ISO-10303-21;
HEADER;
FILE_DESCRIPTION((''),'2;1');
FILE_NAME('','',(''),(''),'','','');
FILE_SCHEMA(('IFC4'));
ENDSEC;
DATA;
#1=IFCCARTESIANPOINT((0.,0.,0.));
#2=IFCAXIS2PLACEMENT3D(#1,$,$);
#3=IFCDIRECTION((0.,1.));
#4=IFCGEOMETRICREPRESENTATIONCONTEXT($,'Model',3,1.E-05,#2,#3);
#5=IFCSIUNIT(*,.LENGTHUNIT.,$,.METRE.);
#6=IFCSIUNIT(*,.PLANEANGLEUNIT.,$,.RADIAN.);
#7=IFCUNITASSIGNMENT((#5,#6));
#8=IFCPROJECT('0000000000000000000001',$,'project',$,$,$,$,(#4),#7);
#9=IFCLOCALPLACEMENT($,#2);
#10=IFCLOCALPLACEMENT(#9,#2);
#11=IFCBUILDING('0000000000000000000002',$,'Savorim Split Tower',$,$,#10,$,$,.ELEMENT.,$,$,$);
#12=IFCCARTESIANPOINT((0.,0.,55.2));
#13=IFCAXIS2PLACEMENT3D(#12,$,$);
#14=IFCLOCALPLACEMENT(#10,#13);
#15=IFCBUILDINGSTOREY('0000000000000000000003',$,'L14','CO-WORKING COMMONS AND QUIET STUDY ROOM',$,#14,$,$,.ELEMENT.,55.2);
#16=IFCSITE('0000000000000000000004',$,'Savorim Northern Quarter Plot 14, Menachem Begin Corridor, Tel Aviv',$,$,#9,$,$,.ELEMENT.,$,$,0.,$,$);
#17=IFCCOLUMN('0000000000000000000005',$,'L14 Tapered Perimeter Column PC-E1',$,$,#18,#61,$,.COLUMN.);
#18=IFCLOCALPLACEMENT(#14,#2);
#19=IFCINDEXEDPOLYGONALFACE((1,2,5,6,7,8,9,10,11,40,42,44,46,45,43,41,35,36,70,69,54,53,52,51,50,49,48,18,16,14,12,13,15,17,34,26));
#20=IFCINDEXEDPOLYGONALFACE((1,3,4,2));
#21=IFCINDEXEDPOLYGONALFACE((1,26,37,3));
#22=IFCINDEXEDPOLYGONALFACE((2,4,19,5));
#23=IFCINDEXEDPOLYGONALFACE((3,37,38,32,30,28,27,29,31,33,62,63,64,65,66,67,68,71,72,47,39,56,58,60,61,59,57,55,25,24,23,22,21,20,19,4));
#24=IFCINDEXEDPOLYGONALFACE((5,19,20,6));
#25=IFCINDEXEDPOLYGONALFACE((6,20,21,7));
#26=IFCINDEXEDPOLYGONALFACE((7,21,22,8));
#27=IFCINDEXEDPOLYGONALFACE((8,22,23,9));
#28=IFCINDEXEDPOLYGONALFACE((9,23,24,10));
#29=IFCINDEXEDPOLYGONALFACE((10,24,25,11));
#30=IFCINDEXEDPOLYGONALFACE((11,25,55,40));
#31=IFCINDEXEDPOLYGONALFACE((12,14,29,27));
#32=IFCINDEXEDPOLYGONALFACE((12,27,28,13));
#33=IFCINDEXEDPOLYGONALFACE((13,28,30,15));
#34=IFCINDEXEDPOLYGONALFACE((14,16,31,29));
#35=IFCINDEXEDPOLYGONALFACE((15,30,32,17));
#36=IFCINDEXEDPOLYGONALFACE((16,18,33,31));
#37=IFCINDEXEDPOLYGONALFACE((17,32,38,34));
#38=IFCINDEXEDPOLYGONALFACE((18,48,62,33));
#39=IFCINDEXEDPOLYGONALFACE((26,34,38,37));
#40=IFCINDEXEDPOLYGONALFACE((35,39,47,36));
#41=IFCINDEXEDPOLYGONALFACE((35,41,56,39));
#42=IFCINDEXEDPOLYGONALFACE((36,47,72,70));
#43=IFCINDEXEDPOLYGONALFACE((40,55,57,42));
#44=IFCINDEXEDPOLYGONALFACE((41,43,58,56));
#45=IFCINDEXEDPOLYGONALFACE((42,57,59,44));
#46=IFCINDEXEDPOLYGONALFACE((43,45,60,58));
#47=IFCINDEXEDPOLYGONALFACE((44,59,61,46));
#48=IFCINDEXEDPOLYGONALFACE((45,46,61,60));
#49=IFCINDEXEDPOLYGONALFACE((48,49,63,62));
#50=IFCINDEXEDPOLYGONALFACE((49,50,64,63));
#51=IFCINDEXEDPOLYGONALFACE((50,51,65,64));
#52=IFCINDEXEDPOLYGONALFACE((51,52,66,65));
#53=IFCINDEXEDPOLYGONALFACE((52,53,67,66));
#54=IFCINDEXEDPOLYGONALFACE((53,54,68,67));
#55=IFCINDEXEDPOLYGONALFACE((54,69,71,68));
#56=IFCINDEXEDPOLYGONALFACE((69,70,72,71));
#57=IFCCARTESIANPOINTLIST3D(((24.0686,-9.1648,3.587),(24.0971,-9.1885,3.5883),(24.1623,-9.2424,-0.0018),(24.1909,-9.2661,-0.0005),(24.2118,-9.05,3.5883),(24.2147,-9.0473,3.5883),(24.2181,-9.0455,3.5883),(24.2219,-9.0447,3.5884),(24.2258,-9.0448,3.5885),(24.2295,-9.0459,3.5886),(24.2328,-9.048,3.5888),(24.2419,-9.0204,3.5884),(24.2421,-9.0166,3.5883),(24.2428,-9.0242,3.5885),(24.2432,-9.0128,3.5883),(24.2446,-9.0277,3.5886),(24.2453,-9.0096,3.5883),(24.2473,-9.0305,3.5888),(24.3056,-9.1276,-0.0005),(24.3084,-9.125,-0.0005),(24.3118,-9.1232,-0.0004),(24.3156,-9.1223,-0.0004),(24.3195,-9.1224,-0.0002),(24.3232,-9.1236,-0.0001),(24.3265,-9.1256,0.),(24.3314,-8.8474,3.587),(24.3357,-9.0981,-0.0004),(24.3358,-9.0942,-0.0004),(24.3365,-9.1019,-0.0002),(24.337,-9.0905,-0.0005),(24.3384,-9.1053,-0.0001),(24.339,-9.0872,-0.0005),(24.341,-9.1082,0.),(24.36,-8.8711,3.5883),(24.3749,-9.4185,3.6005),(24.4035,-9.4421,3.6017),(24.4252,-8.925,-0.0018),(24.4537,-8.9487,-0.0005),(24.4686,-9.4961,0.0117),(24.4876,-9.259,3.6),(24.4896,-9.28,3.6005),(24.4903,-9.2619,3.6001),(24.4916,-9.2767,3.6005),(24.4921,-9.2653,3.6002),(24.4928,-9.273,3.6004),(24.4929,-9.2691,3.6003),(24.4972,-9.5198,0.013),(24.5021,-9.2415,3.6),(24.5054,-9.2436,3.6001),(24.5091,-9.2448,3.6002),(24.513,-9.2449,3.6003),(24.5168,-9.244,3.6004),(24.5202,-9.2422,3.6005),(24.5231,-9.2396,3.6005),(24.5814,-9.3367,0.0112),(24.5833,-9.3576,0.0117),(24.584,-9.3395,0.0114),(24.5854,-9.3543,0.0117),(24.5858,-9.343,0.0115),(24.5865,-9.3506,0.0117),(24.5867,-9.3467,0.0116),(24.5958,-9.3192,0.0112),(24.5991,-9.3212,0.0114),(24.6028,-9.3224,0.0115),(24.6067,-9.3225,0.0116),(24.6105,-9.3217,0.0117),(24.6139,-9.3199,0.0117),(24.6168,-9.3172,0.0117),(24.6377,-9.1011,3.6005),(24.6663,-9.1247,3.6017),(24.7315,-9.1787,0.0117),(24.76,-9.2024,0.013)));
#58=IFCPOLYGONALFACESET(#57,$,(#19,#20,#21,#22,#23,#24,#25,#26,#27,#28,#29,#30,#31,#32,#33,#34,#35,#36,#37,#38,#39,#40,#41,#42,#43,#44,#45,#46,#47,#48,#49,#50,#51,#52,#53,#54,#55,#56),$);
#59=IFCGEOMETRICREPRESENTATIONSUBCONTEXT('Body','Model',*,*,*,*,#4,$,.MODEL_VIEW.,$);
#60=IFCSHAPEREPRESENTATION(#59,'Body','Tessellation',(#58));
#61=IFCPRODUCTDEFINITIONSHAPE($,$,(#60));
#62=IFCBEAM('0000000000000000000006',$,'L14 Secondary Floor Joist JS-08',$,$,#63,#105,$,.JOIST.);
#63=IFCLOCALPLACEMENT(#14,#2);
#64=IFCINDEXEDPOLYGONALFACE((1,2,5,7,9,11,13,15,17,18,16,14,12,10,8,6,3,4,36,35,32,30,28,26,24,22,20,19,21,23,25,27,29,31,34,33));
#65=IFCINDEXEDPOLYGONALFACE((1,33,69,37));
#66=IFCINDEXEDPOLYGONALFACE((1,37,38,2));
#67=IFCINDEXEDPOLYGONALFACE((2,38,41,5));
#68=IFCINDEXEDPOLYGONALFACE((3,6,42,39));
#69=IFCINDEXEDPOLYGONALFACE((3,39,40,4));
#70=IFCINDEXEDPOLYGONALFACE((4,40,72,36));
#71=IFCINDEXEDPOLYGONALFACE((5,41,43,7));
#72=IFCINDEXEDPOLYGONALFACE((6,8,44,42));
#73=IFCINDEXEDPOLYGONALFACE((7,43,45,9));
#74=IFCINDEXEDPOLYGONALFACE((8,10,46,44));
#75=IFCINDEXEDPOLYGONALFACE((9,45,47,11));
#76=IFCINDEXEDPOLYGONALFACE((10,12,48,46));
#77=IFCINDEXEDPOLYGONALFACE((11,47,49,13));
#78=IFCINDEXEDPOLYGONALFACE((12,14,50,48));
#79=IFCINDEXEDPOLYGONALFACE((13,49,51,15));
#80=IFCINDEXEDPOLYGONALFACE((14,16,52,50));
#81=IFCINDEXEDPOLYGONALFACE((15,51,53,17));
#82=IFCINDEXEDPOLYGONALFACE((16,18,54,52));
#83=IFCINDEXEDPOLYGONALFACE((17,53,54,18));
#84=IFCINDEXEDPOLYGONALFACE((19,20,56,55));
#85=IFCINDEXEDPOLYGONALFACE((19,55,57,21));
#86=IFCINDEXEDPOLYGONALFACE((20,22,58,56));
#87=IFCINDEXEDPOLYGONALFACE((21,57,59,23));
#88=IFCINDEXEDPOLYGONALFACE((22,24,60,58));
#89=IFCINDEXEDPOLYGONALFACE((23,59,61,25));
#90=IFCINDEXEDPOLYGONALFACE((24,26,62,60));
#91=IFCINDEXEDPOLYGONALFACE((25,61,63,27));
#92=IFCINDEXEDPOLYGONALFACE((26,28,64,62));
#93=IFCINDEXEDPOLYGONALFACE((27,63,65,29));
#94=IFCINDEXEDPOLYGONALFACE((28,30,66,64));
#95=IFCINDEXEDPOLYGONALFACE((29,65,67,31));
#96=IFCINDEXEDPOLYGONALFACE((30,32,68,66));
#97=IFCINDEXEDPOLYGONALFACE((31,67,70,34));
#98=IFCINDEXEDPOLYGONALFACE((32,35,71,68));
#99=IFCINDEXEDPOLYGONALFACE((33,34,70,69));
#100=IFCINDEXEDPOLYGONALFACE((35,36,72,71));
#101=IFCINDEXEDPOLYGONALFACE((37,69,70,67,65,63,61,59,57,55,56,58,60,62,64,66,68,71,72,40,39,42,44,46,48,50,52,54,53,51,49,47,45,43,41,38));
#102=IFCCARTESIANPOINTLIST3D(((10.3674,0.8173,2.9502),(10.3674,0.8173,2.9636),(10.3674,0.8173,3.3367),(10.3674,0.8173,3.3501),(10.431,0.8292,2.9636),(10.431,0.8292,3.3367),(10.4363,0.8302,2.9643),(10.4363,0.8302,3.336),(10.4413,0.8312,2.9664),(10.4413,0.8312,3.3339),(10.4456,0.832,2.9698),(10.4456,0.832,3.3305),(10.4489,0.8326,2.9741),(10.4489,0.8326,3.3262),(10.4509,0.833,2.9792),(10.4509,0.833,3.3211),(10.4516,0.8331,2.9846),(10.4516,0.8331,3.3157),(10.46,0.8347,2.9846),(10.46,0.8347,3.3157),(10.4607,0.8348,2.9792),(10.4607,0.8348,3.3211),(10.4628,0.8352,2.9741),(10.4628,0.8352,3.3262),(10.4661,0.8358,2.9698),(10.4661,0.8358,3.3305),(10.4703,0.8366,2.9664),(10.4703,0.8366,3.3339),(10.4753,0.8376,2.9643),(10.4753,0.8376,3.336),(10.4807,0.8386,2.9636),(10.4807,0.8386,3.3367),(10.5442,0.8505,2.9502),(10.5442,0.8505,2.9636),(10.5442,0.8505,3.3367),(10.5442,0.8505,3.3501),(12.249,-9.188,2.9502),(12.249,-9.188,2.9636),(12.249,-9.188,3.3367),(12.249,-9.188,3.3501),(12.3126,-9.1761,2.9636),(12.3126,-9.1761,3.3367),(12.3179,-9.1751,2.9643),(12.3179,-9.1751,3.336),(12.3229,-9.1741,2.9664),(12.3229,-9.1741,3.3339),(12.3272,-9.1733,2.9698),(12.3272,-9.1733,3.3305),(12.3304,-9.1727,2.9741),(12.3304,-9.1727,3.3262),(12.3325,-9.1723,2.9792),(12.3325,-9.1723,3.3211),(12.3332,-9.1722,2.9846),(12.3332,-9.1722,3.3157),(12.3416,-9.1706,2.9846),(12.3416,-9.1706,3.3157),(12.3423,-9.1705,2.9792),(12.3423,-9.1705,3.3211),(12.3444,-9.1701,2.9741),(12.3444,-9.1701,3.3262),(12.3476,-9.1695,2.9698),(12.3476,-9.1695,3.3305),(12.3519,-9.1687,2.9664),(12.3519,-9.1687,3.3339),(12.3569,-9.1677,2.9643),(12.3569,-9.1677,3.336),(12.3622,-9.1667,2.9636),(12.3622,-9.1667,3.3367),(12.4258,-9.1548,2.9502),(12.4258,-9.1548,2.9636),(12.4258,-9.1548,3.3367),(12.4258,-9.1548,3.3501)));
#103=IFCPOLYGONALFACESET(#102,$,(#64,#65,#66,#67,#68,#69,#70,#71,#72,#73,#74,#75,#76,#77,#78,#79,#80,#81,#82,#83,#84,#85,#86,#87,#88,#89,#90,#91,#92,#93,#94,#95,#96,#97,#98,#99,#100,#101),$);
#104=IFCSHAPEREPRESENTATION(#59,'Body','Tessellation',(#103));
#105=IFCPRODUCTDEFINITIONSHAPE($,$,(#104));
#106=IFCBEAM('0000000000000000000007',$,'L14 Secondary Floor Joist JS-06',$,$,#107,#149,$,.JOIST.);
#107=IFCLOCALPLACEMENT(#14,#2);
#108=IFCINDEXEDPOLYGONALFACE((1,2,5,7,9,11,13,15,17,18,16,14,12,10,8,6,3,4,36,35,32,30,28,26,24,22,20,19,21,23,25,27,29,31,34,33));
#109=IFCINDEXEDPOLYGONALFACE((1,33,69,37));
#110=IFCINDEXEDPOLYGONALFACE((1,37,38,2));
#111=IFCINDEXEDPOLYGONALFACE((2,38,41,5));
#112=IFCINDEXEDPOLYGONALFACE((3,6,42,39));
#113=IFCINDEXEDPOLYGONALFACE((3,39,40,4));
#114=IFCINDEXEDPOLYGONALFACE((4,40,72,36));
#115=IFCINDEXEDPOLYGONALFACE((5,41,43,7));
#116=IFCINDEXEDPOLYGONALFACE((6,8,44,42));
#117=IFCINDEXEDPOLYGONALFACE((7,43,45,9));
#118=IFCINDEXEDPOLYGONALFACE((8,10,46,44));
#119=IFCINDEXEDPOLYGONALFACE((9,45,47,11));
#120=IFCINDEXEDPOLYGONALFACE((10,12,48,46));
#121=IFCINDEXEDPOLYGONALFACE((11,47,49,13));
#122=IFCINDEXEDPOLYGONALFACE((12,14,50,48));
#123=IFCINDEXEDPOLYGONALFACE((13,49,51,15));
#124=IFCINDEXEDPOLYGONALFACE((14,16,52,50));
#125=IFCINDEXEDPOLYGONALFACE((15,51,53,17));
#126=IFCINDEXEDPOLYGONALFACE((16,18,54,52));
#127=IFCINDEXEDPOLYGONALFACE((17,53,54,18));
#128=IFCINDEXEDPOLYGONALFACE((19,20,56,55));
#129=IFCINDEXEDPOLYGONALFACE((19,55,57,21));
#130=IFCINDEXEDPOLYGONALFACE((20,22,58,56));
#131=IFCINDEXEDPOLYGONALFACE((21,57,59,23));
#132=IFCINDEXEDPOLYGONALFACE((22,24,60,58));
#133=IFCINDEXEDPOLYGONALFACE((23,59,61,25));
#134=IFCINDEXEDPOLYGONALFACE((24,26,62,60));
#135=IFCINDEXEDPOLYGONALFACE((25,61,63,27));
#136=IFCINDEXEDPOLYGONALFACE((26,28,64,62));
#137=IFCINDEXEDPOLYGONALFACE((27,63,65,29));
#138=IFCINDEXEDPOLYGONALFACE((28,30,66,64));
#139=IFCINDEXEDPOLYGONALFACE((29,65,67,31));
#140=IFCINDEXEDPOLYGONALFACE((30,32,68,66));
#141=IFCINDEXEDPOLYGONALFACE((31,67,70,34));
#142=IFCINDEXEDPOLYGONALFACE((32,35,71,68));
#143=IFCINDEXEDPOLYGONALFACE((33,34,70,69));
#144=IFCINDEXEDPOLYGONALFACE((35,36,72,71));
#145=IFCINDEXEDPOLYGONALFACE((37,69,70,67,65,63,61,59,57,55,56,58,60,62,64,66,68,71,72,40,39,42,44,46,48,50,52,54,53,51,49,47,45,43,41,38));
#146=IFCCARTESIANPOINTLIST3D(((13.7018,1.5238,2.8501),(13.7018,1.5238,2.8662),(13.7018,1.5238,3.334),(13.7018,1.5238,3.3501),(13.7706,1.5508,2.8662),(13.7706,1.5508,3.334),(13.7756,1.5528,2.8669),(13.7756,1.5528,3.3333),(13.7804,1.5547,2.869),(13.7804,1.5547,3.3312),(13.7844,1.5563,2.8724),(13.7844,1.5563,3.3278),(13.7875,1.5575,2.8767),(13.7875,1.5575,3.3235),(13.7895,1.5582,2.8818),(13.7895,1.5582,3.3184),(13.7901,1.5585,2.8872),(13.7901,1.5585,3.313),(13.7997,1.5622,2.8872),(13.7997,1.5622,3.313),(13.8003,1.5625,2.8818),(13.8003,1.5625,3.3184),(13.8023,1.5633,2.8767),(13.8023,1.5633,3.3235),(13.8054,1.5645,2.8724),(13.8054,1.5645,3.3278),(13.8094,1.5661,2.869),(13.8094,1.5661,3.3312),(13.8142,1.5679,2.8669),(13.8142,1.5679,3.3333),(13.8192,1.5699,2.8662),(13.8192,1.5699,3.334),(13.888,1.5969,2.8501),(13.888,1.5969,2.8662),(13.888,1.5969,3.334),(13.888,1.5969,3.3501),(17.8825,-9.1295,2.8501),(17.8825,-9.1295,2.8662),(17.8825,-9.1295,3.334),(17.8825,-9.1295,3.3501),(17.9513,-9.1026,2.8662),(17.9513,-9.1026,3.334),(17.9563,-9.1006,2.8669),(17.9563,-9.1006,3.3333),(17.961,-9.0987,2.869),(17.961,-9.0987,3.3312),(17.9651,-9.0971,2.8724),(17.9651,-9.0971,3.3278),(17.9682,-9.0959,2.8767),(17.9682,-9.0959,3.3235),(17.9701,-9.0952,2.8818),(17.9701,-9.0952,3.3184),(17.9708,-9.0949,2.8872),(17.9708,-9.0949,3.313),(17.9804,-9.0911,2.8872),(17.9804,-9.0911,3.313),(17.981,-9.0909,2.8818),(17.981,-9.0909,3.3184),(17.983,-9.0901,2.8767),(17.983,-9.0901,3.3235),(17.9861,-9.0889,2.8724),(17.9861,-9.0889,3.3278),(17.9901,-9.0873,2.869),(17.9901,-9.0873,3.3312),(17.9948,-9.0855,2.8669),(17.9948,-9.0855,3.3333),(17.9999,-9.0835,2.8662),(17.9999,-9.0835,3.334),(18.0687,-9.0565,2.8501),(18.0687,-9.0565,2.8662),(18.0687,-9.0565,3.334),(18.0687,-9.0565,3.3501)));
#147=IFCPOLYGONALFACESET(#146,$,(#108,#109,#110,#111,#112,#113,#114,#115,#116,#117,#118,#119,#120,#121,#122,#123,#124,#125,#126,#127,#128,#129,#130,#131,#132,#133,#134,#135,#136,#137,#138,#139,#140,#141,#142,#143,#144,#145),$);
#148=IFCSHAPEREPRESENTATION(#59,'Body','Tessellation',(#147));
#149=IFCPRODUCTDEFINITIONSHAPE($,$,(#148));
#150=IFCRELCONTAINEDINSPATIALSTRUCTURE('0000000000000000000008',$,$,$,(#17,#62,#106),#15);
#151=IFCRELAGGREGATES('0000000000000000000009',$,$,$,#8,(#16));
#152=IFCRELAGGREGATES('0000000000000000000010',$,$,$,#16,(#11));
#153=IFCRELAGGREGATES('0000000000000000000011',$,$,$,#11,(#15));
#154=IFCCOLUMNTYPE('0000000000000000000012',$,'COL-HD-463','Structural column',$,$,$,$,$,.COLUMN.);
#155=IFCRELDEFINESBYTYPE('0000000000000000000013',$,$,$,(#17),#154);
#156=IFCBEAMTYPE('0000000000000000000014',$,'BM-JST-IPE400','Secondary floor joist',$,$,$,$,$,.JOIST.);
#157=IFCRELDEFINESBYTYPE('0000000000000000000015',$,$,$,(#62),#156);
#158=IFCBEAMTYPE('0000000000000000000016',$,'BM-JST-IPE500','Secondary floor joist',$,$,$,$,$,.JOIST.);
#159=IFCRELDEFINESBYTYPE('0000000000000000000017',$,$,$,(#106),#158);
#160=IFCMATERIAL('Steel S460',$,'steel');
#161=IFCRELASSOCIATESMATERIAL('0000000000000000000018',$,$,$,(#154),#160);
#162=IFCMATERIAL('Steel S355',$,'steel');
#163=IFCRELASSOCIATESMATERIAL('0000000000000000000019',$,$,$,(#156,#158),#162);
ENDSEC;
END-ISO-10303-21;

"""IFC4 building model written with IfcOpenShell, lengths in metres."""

from ifc_helpers import new_model, si_unit, direction, frame, origin, origin_2d, place, context, subcontext, project, spatial, i_section, extrude, material, material_profile, profile_set, type_object, element, save


model = new_model("IFC4")

# Units and contexts
model_context = context("Model", 3, precision=1e-05, world=origin(), true_north=direction((0.0, 1.0)))
body_context = subcontext(model_context, "Body", "Model", "MODEL_VIEW")
ifc_project = project(units=[si_unit("LENGTHUNIT", "METRE"), si_unit("PLANEANGLEUNIT", "RADIAN")], contexts=[model_context])

# Site, building, storey
site_placement = place(None, origin())
site = spatial("IfcSite", under=ifc_project, at=site_placement, Name="Savorim Northern Quarter Plot 14, Menachem Begin Corridor, Tel Aviv", CompositionType="ELEMENT", RefElevation=0.0)
building_placement = place(site_placement, origin())
building = spatial("IfcBuilding", under=site, at=building_placement, Name="Savorim Split Tower", CompositionType="ELEMENT")
storey_placement = place(building_placement, frame((0.0, 0.0, 55.2)))
storey = spatial("IfcBuildingStorey", under=building, at=storey_placement, Name="L14", Description="CO-WORKING COMMONS AND QUIET STUDY ROOM", CompositionType="ELEMENT", Elevation=55.2)

# Column
ifc_material_1 = material(Name="Steel S460", Category="steel")
ifc_material_profile_1 = material_profile(ifc_material_1, i_section(OverallWidth=0.4121, OverallDepth=0.4351, WebThickness=0.0227, FlangeThickness=0.0371, FilletRadius=0.0149, at=origin_2d()), Name="HD 400x463")
ifc_profile_set_1 = profile_set([ifc_material_profile_1], Name="Steel S460")
column_type = type_object("IfcColumnType", Name="COL-HD-463", Description="Structural column", PredefinedType="COLUMN", material=ifc_profile_set_1)
column_placement = place(storey_placement, frame((24.4612, -9.2224, 0.0056), z_axis=(-0.026107, 0.02162, 0.999425), x_axis=(-0.637814, -0.77019, 0.0)))
element("IfcColumn", 1, at=column_placement, inside=storey, type_object=column_type, Name="L14 Tapered Perimeter Column PC-E1", PredefinedType="COLUMN", context=body_context, shape_type="SweptSolid", body=[
    extrude(i_section(OverallWidth=0.4121, OverallDepth=0.4351, WebThickness=0.0227, FlangeThickness=0.0371, FilletRadius=0.0149, at=origin_2d()), origin(), (0.0, 0.0, 1.0), 3.5908),
])

# Beams
ifc_material_2 = material(Name="Steel S355", Category="steel")
ifc_material_profile_2 = material_profile(ifc_material_2, i_section(OverallWidth=0.1799, OverallDepth=0.3999, WebThickness=0.0085, FlangeThickness=0.0134, FilletRadius=0.021, at=origin_2d()), Name="IPE 400")
ifc_profile_set_2 = profile_set([ifc_material_profile_2], Name="Steel S355")
beam_type_1 = type_object("IfcBeamType", Name="BM-JST-IPE400", Description="Secondary floor joist", PredefinedType="JOIST", material=ifc_profile_set_2)
beam_1_placement = place(storey_placement, frame((12.3374, -9.1714, 3.1501), z_axis=(-0.184818, 0.982773, 0.0), x_axis=(-0.982773, -0.184818, 0.0)))
element("IfcBeam", 2, at=beam_1_placement, inside=storey, type_object=beam_type_1, Name="L14 Secondary Floor Joist JS-08", PredefinedType="JOIST", context=body_context, shape_type="SweptSolid", body=[
    extrude(i_section(OverallWidth=0.1799, OverallDepth=0.3999, WebThickness=0.0085, FlangeThickness=0.0134, FilletRadius=0.021, at=origin_2d()), origin(), (0.0, 0.0, 1.0), 10.1807),
])
ifc_material_profile_3 = material_profile(ifc_material_2, i_section(OverallWidth=0.2, OverallDepth=0.5, WebThickness=0.0103, FlangeThickness=0.0161, FilletRadius=0.021, at=origin_2d()), Name="IPE 500")
ifc_profile_set_3 = profile_set([ifc_material_profile_3], Name="Steel S355")
beam_type_2 = type_object("IfcBeamType", Name="BM-JST-IPE500", Description="Secondary floor joist", PredefinedType="JOIST", material=ifc_profile_set_3)
beam_2_placement = place(storey_placement, frame((17.9756, -9.093, 3.1001), z_axis=(-0.365306, 0.930887, 0.0), x_axis=(-0.930887, -0.365306, 0.0)))
element("IfcBeam", 3, at=beam_2_placement, inside=storey, type_object=beam_type_2, Name="L14 Secondary Floor Joist JS-06", PredefinedType="JOIST", context=body_context, shape_type="SweptSolid", body=[
    extrude(i_section(OverallWidth=0.2, OverallDepth=0.5, WebThickness=0.0103, FlangeThickness=0.0161, FilletRadius=0.021, at=origin_2d()), origin(), (0.0, 0.0, 1.0), 11.4443),
])

save(model, "model.ifc")
